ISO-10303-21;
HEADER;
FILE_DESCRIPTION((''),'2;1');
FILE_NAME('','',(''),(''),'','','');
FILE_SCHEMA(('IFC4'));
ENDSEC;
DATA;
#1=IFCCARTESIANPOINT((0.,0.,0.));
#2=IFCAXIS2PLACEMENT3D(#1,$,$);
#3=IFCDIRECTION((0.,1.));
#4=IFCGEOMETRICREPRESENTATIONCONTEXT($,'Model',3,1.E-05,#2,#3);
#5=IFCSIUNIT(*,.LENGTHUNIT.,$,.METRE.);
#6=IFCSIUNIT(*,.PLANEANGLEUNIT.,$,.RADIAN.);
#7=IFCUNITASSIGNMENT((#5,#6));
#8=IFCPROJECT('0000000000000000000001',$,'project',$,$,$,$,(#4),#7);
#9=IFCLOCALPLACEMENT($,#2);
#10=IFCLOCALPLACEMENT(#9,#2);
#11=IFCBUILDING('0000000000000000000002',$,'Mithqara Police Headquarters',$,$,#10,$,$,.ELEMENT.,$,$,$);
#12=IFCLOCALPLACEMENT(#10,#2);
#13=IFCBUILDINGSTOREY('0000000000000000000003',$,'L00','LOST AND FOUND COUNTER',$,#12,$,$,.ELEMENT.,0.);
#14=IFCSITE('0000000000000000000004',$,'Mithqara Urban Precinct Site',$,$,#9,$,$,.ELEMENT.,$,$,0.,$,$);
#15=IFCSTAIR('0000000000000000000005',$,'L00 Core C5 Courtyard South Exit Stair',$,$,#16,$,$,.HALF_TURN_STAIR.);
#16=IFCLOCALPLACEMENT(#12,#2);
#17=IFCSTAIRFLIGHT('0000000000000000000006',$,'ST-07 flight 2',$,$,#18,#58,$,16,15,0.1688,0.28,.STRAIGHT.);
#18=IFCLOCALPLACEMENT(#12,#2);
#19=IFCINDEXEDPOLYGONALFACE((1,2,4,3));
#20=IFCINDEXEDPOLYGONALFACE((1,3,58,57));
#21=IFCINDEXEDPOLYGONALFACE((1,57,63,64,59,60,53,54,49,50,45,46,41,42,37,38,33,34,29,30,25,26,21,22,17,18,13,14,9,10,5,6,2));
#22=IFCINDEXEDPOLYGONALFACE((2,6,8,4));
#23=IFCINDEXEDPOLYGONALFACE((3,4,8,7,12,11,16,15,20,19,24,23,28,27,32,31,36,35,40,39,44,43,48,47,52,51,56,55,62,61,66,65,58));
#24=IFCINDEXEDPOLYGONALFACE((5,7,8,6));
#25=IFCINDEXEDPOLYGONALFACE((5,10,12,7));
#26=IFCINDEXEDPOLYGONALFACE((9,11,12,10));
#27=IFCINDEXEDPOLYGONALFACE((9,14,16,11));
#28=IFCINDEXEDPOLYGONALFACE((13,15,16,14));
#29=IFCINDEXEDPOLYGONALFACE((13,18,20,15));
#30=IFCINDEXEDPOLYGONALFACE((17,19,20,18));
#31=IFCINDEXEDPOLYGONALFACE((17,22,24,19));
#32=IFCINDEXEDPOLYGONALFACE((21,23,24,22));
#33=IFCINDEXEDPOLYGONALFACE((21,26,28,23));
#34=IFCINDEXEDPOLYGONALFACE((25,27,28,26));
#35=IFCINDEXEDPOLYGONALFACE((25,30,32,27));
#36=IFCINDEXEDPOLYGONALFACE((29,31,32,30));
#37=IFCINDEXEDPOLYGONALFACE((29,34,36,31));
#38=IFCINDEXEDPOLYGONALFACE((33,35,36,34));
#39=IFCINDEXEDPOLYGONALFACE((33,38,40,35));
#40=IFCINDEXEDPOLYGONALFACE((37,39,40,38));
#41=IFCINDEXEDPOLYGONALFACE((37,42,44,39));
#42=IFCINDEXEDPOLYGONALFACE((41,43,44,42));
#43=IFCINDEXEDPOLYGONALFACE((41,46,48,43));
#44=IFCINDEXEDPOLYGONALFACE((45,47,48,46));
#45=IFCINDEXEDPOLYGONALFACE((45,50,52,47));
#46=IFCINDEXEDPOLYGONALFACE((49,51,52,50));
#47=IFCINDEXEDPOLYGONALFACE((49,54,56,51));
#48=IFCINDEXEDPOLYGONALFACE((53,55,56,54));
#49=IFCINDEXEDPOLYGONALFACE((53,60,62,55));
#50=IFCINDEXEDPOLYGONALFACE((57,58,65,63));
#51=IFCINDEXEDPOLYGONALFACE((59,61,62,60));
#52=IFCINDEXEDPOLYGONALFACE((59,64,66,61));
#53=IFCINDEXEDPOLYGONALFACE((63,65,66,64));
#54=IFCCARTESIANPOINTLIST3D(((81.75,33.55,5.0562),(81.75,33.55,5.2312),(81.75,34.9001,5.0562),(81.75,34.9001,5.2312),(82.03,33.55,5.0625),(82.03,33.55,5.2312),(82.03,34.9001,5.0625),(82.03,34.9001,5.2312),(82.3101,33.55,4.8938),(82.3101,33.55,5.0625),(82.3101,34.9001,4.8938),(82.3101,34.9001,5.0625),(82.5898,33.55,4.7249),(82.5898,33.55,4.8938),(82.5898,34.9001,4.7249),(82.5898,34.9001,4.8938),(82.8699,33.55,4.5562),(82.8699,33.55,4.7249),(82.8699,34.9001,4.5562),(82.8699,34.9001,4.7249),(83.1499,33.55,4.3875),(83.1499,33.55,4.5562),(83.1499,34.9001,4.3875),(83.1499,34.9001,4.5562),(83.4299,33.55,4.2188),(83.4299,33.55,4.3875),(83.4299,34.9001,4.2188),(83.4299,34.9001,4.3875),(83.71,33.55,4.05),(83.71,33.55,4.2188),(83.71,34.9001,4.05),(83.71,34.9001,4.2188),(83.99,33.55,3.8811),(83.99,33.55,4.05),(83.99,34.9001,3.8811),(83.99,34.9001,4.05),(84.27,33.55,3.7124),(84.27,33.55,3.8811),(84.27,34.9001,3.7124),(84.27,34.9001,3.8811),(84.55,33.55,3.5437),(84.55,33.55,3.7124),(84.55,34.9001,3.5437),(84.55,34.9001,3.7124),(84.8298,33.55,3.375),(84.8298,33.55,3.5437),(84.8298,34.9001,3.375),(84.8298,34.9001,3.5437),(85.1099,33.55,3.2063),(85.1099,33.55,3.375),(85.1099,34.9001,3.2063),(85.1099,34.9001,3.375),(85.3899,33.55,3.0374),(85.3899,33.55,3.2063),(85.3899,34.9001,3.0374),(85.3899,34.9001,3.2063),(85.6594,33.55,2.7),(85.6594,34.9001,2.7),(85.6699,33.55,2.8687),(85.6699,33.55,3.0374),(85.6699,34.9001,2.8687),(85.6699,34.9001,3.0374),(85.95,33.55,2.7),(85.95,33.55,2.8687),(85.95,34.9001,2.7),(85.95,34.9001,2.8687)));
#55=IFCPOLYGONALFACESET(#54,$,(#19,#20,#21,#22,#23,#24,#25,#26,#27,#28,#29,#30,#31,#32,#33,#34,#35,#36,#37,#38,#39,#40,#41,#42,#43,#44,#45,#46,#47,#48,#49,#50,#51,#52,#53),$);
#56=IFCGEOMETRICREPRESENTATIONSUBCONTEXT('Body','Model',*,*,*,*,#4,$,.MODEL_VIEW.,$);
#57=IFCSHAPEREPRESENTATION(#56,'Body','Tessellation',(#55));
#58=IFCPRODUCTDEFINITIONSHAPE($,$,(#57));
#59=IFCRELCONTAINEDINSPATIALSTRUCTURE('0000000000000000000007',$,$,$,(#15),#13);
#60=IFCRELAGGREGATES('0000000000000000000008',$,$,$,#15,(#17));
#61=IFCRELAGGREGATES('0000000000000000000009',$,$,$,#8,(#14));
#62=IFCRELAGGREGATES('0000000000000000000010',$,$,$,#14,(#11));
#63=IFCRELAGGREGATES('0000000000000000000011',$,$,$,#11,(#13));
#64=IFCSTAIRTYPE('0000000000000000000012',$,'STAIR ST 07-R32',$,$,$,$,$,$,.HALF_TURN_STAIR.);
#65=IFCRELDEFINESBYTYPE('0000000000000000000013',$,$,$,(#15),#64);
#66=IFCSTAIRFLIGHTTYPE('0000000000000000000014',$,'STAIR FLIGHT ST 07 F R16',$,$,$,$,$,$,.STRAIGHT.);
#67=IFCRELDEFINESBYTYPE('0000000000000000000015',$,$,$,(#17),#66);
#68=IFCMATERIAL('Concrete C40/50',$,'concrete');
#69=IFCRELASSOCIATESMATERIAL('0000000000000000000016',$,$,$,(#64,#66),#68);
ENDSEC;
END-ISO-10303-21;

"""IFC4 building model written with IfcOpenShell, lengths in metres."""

from ifc_helpers import new_model, si_unit, direction, frame, origin, place, context, subcontext, project, spatial, polyline, outline, extrude, material, type_object, element, aggregate, save


model = new_model("IFC4")

# Units and contexts
model_context = context("Model", 3, precision=1e-05, world=origin(), true_north=direction((0.0, 1.0)))
body_context = subcontext(model_context, "Body", "Model", "MODEL_VIEW")
ifc_project = project(units=[si_unit("LENGTHUNIT", "METRE"), si_unit("PLANEANGLEUNIT", "RADIAN")], contexts=[model_context])

# Site, building, storey
site_placement = place(None, origin())
site = spatial("IfcSite", under=ifc_project, at=site_placement, Name="Mithqara Urban Precinct Site", CompositionType="ELEMENT", RefElevation=0.0)
building_placement = place(site_placement, origin())
building = spatial("IfcBuilding", under=site, at=building_placement, Name="Mithqara Police Headquarters", CompositionType="ELEMENT")
storey_placement = place(building_placement, origin())
storey = spatial("IfcBuildingStorey", under=building, at=storey_placement, Name="L00", Description="LOST AND FOUND COUNTER", CompositionType="ELEMENT", Elevation=0.0)

# Shared definitions
ifc_material_1 = material(Name="Concrete C40/50", Category="concrete")

# Stair, stair flight
stair_type = type_object("IfcStairType", Name="STAIR ST 07-R32", PredefinedType="HALF_TURN_STAIR", material=ifc_material_1)
stair_placement = place(storey_placement, origin())
stair = element("IfcStair", 1, at=stair_placement, inside=storey, type_object=stair_type, Name="L00 Core C5 Courtyard South Exit Stair", PredefinedType="HALF_TURN_STAIR")
stair_flight_type = type_object("IfcStairFlightType", Name="STAIR FLIGHT ST 07 F R16", PredefinedType="STRAIGHT", material=ifc_material_1)
stair_flight_1_placement = place(storey_placement, frame((85.95, 34.2251, 2.7), z_axis=(0.0, 0.0, 1.0), x_axis=(-1.0, 0.0, 0.0)))
stair_flight_1 = element("IfcStairFlight", 2, at=stair_flight_1_placement, type_object=stair_flight_type, Name="ST-07 flight 2", NumberOfRisers=16, NumberOfTreads=15, PredefinedType="STRAIGHT", RiserHeight=0.1688, TreadLength=0.28, context=body_context, shape_type="SweptSolid", body=[
    extrude(outline(polyline([(0.0, 0.0), (0.0, 0.1687), (0.28, 0.1687), (0.28, 0.3374), (0.5601, 0.3374), (0.5601, 0.5063), (0.8401, 0.5063), (0.8401, 0.675), (1.1201, 0.675), (1.1201, 0.8438), (1.3999, 0.8438), (1.3999, 1.0125), (1.6799, 1.0125), (1.6799, 1.1812), (1.96, 1.1812), (1.96, 1.3501), (2.24, 1.3501), (2.24, 1.5188), (2.52, 1.5188), (2.52, 1.6875), (2.8, 1.6875), (2.8, 1.8562), (3.0801, 1.8562), (3.0801, 2.0249), (3.3601, 2.0249), (3.3601, 2.1938), (3.6399, 2.1938), (3.6399, 2.3625), (3.9199, 2.3625), (3.9199, 2.5312), (4.2, 2.5312), (4.2, 2.7), (4.2, 2.3562), (0.2905, 0.0), (0.0, 0.0)])), frame((0.0, 0.675, 0.0), z_axis=(0.0, -1.0, 0.0), x_axis=(1.0, 0.0, 0.0)), (0.0, 0.0, 1.0), 1.3501),
])
aggregate(stair, [stair_flight_1])

save(model, "model.ifc")
